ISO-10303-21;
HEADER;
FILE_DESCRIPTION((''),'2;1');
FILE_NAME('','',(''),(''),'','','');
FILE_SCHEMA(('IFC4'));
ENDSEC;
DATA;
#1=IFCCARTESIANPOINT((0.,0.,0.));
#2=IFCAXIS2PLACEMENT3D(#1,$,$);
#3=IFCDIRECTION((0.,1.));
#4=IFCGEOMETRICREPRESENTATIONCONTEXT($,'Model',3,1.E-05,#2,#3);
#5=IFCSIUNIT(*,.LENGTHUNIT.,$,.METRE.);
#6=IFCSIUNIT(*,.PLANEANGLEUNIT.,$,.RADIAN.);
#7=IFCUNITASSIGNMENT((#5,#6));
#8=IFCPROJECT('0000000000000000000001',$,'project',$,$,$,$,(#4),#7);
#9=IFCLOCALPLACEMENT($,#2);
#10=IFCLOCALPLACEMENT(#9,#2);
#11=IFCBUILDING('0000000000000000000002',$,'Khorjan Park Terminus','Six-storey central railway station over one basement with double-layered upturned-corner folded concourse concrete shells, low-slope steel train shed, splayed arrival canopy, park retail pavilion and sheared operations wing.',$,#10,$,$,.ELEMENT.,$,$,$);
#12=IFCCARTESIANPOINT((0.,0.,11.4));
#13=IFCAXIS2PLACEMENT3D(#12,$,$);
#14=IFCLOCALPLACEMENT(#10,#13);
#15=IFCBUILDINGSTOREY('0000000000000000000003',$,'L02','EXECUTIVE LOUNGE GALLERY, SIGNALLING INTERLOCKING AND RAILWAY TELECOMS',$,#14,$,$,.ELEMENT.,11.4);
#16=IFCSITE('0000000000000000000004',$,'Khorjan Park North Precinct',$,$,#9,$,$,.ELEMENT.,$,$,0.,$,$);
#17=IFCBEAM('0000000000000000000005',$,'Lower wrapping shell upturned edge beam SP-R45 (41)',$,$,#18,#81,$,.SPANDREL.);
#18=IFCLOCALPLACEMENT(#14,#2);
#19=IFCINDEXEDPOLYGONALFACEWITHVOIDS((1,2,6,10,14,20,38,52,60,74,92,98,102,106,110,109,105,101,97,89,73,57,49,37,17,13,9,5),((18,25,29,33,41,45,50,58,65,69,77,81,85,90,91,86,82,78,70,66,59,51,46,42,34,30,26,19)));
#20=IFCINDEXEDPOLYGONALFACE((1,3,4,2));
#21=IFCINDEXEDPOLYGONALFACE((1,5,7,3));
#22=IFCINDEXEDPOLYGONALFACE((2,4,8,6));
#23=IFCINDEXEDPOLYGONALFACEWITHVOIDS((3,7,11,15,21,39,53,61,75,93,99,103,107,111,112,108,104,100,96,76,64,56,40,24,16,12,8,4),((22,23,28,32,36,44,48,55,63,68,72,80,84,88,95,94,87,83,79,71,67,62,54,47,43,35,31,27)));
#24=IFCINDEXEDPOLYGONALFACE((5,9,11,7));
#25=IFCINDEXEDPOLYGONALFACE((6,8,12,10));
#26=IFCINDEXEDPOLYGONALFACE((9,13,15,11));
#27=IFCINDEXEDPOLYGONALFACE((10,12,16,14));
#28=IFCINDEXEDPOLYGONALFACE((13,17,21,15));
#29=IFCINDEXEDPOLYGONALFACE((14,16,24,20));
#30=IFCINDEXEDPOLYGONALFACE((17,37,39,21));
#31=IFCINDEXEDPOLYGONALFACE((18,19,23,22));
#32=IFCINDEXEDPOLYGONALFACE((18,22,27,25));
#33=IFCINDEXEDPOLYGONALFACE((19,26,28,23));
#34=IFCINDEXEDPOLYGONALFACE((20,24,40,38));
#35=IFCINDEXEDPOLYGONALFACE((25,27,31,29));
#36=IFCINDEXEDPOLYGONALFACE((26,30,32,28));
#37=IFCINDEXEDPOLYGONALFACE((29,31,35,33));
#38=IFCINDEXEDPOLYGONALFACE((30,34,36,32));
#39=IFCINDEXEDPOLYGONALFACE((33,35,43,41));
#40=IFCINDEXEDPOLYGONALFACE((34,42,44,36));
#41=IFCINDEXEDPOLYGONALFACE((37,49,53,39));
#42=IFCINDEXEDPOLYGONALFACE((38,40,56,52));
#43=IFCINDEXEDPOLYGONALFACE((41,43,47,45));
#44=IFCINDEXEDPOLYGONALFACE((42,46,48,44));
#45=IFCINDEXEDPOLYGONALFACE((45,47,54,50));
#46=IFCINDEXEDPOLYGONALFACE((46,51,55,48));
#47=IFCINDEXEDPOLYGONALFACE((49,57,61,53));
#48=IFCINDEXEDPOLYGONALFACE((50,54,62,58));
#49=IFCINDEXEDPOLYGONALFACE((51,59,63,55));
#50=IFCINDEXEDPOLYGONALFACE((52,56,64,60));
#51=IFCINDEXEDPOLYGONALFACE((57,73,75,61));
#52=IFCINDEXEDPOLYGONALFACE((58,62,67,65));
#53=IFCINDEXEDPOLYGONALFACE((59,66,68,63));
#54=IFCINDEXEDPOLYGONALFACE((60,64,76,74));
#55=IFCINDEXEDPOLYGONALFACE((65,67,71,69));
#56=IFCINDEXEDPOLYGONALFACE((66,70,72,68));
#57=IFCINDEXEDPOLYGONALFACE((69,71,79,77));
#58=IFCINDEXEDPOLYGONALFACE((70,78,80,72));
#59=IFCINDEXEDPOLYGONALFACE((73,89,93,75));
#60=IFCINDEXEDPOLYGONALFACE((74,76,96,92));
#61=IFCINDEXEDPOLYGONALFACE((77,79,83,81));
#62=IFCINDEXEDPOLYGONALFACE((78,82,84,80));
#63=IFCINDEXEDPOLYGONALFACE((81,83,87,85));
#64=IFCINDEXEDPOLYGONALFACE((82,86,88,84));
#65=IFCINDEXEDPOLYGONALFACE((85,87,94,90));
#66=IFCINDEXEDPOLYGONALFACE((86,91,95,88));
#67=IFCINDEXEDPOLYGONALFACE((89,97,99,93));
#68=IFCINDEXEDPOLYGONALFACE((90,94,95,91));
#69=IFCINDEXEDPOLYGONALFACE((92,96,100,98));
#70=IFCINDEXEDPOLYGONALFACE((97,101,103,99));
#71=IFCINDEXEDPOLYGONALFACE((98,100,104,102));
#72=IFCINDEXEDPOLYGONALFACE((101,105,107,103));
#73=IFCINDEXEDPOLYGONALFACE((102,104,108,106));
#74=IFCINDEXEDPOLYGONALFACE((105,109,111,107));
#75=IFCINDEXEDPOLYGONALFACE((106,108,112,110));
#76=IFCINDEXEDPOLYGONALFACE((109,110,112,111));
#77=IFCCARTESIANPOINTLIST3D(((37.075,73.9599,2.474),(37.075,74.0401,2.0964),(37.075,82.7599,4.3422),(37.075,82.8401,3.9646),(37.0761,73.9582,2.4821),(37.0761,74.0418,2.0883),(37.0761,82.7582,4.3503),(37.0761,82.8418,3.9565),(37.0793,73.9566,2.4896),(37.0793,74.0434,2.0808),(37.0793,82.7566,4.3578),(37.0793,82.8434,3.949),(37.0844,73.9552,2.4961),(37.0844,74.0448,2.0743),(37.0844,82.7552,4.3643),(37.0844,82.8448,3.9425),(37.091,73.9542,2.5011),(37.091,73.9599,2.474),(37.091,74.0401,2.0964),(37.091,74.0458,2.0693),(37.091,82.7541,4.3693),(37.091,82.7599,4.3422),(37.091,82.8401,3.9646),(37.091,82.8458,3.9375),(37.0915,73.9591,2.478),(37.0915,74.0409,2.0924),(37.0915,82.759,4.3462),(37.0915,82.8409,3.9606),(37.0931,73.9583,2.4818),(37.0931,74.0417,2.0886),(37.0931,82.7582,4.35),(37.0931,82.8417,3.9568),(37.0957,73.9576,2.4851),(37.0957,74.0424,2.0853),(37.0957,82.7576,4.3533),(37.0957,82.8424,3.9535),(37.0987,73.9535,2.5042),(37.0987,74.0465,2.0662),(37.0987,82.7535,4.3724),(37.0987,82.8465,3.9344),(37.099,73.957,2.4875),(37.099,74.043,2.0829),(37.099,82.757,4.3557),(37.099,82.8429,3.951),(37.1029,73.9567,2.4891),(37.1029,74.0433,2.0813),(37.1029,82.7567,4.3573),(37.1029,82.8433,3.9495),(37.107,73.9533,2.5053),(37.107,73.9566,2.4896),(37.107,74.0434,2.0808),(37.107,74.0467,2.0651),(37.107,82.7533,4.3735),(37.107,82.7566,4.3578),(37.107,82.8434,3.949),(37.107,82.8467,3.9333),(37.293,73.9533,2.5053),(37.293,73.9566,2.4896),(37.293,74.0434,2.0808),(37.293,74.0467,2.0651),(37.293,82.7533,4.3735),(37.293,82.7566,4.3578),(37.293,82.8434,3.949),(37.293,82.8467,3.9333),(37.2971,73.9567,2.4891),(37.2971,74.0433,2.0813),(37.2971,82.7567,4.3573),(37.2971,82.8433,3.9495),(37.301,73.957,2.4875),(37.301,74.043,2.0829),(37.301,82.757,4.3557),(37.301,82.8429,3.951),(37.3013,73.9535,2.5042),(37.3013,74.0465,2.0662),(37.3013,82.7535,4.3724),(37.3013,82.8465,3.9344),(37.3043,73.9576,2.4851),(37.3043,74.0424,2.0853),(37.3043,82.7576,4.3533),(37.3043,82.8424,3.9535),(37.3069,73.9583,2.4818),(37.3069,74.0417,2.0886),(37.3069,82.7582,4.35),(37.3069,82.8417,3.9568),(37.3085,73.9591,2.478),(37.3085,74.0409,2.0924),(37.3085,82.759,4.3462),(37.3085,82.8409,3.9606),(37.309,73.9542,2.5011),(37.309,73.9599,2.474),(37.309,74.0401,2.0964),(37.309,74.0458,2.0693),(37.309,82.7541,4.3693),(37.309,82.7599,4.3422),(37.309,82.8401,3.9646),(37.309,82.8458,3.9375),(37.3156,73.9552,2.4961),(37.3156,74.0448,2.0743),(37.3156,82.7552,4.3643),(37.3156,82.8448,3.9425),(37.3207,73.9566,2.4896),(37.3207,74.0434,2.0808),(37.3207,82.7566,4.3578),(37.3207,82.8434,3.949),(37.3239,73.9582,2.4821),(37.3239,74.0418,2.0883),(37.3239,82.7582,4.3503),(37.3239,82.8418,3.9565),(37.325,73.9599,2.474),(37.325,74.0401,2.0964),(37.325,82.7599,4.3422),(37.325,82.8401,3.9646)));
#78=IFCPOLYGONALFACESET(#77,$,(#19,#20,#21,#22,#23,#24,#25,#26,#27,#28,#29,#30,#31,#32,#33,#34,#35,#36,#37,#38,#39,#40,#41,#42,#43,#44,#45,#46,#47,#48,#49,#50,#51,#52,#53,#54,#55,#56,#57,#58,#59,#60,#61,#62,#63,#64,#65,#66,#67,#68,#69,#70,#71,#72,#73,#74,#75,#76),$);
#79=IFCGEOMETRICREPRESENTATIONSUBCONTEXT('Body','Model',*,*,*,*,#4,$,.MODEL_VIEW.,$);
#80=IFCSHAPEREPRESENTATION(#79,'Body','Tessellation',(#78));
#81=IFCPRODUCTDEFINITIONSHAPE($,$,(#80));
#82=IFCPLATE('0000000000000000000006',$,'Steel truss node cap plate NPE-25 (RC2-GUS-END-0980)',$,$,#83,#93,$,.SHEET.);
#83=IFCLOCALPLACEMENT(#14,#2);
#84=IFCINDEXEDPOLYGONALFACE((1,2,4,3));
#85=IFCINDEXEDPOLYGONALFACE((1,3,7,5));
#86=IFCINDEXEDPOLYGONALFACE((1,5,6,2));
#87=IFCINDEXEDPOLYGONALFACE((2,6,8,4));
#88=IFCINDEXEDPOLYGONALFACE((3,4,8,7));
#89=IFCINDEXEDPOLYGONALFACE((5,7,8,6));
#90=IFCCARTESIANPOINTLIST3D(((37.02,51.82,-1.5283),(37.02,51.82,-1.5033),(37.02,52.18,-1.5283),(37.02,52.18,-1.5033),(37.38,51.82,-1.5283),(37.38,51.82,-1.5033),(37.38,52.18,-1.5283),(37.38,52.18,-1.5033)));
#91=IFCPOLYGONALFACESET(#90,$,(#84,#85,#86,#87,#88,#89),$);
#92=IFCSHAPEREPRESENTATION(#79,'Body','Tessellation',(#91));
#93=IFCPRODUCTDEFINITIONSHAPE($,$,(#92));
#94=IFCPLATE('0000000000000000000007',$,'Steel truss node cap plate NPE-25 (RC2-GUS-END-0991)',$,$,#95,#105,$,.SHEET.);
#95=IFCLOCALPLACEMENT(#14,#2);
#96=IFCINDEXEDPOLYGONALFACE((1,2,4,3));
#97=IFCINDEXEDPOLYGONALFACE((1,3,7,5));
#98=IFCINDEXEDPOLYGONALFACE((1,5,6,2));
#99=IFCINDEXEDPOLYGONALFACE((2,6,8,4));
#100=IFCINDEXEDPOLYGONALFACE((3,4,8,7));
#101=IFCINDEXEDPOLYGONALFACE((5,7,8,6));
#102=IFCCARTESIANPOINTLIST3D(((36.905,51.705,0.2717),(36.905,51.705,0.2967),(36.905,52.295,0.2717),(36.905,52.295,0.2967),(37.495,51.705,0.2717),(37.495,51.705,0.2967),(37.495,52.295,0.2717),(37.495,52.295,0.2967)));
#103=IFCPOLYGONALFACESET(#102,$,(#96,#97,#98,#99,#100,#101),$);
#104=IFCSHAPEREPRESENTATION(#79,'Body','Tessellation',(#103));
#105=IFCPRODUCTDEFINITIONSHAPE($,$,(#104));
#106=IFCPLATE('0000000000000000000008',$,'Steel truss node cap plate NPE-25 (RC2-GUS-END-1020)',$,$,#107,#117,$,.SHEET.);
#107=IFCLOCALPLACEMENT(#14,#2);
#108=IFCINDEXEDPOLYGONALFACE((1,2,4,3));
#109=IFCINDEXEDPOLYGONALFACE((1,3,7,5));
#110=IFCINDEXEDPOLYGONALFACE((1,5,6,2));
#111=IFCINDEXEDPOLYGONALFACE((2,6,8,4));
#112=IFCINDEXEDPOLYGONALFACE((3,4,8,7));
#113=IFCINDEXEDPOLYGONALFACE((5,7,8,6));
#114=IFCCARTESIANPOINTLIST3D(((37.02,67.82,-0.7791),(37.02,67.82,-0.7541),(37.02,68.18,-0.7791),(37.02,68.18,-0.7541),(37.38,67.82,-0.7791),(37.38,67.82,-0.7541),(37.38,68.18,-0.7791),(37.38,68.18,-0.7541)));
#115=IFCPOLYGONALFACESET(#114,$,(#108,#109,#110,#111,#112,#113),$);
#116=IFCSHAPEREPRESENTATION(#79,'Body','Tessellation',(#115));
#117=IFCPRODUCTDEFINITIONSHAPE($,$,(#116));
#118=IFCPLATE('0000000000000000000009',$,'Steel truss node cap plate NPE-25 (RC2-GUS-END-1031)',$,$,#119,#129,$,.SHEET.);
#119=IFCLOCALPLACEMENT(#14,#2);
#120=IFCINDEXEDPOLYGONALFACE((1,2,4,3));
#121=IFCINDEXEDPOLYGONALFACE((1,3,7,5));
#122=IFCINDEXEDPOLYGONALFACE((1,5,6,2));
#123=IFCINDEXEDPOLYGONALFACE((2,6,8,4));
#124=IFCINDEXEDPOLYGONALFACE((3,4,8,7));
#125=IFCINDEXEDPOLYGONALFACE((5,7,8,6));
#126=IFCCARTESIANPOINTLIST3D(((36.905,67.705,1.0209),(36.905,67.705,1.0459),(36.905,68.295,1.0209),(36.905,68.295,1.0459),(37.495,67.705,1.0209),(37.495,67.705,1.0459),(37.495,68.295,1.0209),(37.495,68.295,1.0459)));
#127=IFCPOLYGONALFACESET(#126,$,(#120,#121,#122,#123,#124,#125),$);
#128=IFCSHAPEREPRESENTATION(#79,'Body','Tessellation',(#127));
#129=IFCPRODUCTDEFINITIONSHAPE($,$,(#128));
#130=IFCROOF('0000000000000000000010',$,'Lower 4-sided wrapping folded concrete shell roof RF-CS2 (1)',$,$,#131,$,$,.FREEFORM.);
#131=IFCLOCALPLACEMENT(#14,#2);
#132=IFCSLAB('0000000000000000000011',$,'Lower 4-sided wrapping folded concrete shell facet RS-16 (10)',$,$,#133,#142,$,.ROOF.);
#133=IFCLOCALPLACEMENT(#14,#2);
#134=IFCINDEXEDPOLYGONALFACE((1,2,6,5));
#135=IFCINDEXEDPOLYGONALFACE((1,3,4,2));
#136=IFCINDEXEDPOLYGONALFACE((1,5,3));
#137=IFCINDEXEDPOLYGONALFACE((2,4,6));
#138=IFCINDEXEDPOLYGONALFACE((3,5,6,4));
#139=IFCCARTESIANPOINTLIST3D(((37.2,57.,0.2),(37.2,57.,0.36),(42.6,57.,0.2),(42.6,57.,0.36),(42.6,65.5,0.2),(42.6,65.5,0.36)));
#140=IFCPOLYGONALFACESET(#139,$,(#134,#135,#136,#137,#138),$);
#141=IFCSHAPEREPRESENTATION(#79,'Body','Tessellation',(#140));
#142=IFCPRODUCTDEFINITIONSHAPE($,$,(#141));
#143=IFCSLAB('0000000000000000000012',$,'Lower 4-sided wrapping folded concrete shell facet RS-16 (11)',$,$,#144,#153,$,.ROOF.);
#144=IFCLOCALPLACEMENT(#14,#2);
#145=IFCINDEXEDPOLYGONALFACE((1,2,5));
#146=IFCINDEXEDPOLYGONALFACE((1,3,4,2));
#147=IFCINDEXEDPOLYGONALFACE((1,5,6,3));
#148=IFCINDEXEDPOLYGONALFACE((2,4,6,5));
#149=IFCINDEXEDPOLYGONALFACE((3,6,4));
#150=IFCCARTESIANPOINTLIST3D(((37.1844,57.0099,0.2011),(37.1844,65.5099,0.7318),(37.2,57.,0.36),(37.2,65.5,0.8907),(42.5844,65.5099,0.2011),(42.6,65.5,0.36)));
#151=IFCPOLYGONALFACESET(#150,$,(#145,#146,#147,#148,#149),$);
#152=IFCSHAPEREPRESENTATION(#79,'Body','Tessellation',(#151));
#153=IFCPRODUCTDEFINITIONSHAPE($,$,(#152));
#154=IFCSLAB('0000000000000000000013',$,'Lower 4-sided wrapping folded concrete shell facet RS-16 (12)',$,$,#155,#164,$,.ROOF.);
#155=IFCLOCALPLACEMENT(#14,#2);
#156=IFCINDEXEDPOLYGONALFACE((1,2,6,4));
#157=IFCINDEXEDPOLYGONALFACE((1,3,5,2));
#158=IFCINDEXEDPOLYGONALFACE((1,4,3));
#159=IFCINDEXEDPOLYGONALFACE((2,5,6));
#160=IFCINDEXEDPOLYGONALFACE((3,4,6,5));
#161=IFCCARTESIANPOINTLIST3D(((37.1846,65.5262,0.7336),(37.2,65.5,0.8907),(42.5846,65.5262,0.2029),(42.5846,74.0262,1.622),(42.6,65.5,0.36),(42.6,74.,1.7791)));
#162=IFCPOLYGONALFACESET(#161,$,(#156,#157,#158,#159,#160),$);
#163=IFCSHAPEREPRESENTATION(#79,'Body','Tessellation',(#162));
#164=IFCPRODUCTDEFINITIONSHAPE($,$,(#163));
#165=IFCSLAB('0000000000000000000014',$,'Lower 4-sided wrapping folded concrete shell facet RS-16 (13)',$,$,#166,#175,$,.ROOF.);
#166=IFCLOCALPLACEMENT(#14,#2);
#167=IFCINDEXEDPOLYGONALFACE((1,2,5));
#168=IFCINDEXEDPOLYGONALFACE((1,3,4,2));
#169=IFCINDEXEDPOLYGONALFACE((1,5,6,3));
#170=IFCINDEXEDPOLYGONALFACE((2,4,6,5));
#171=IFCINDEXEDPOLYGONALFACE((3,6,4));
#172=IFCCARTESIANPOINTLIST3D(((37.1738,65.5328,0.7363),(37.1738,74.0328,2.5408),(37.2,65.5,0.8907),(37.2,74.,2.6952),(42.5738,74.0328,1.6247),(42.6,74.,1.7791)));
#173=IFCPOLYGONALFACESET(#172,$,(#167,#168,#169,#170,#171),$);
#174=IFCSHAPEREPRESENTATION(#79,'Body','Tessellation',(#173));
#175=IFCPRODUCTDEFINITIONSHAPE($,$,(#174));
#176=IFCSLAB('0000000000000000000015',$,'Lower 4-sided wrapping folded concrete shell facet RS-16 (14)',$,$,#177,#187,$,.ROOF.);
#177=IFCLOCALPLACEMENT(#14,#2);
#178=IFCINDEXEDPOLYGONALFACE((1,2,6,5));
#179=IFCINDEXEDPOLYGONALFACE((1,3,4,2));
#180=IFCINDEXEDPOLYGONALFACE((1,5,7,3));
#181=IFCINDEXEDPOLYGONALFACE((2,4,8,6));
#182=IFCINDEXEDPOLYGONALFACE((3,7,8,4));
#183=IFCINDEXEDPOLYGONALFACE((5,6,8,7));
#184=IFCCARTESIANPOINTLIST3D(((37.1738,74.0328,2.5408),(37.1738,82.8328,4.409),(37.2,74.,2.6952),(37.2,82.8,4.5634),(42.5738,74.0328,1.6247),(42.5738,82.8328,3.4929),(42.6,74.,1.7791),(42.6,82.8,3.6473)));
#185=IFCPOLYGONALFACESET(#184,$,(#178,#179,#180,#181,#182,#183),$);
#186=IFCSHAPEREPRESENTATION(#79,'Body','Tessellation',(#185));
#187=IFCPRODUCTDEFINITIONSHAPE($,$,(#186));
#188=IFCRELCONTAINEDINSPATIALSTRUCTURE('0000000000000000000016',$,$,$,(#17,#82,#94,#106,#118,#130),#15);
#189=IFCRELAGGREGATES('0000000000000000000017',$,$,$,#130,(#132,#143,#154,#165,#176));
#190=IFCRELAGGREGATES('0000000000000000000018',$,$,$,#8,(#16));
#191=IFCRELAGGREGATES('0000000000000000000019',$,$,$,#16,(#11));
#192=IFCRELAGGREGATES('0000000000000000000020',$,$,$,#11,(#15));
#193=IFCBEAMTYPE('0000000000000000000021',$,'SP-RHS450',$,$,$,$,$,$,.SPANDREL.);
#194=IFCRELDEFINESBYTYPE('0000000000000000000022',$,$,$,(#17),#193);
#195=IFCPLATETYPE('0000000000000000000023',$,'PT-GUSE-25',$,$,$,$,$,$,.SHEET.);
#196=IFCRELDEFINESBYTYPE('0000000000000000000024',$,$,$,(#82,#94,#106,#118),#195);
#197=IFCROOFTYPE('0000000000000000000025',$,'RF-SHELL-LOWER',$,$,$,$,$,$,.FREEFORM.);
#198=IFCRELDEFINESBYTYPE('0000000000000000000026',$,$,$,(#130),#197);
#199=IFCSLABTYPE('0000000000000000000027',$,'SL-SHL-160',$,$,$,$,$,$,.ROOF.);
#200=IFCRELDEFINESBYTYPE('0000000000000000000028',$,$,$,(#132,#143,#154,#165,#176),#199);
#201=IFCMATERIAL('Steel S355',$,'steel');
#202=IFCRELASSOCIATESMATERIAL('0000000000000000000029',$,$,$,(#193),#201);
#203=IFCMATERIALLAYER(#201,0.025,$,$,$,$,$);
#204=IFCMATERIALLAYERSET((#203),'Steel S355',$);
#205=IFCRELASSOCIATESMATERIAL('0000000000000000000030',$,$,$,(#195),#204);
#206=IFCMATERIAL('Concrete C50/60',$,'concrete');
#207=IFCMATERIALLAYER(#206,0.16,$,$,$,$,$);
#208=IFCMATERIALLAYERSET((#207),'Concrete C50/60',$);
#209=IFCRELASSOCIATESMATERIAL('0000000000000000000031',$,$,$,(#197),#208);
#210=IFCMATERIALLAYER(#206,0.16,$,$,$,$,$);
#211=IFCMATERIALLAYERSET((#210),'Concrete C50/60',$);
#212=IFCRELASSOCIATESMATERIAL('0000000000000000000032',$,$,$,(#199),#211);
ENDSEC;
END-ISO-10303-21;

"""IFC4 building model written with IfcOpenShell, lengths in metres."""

from ifc_helpers import new_model, si_unit, direction, frame, origin, origin_2d, place, context, subcontext, project, spatial, polyline, rectangle, hollow_rectangle, outline, extrude, material, layer, layer_set, material_profile, profile_set, type_object, element, aggregate, save


model = new_model("IFC4")

# Units and contexts
model_context = context("Model", 3, precision=1e-05, world=origin(), true_north=direction((0.0, 1.0)))
body_context = subcontext(model_context, "Body", "Model", "MODEL_VIEW")
ifc_project = project(units=[si_unit("LENGTHUNIT", "METRE"), si_unit("PLANEANGLEUNIT", "RADIAN")], contexts=[model_context])

# Site, building, storey
site_placement = place(None, origin())
site = spatial("IfcSite", under=ifc_project, at=site_placement, Name="Khorjan Park North Precinct", CompositionType="ELEMENT", RefElevation=0.0)
building_placement = place(site_placement, origin())
building = spatial("IfcBuilding", under=site, at=building_placement, Name="Khorjan Park Terminus", Description="Six-storey central railway station over one basement with double-layered upturned-corner folded concourse concrete shells, low-slope steel train shed, splayed arrival canopy, park retail pavilion and sheared operations wing.", CompositionType="ELEMENT")
storey_placement = place(building_placement, frame((0.0, 0.0, 11.4)))
storey = spatial("IfcBuildingStorey", under=building, at=storey_placement, Name="L02", Description="EXECUTIVE LOUNGE GALLERY, SIGNALLING INTERLOCKING AND RAILWAY TELECOMS", CompositionType="ELEMENT", Elevation=11.4)

# Shared definitions
ifc_material_1 = material(Name="Steel S355", Category="steel")

# Beam
ifc_material_profile_1 = material_profile(ifc_material_1, hollow_rectangle(XDim=0.25, YDim=0.45, WallThickness=0.016, InnerFilletRadius=0.016, OuterFilletRadius=0.032, at=origin_2d()), Name="RHS 450x250x16")
ifc_profile_set_1 = profile_set([ifc_material_profile_1], Name="Steel S355")
beam_type_1 = type_object("IfcBeamType", Name="SP-RHS450", PredefinedType="SPANDREL", material=ifc_profile_set_1)
beam_1_placement = place(storey_placement, frame((37.2, 74.0, 2.2852), z_axis=(0.0, 0.9782, 0.207667), x_axis=(-1.0, 0.0, 0.0)))
element("IfcBeam", 1, at=beam_1_placement, inside=storey, type_object=beam_type_1, Name="Lower wrapping shell upturned edge beam SP-R45 (41)", PredefinedType="SPANDREL", context=body_context, shape_type="SweptSolid", body=[
    extrude(hollow_rectangle(XDim=0.25, YDim=0.45, WallThickness=0.016, InnerFilletRadius=0.016, OuterFilletRadius=0.032, at=origin_2d()), origin(), (0.0, 0.0, 1.0), 8.9961),
])

# Plates
ifc_layer_1 = layer(ifc_material_1, 0.025)
ifc_layer_set_1 = layer_set([ifc_layer_1], Name="Steel S355")
plate_type = type_object("IfcPlateType", Name="PT-GUSE-25", PredefinedType="SHEET", material=ifc_layer_set_1)
plate_1_placement = place(storey_placement, frame((37.2, 52.0, -1.5283), z_axis=(0.0, 0.0, 1.0), x_axis=(1.0, 0.0, 0.0)))
element("IfcPlate", 2, at=plate_1_placement, inside=storey, type_object=plate_type, Name="Steel truss node cap plate NPE-25 (RC2-GUS-END-0980)", PredefinedType="SHEET", context=body_context, shape_type="SweptSolid", body=[
    extrude(rectangle(XDim=0.36, YDim=0.36, at=origin_2d()), origin(), (0.0, 0.0, 1.0), 0.025),
])
plate_2_placement = place(storey_placement, frame((37.2, 52.0, 0.2717), z_axis=(0.0, 0.0, 1.0), x_axis=(1.0, 0.0, 0.0)))
element("IfcPlate", 3, at=plate_2_placement, inside=storey, type_object=plate_type, Name="Steel truss node cap plate NPE-25 (RC2-GUS-END-0991)", PredefinedType="SHEET", context=body_context, shape_type="SweptSolid", body=[
    extrude(rectangle(XDim=0.59, YDim=0.59, at=origin_2d()), origin(), (0.0, 0.0, 1.0), 0.025),
])
plate_3_placement = place(storey_placement, frame((37.2, 68.0, -0.7791), z_axis=(0.0, 0.0, 1.0), x_axis=(1.0, 0.0, 0.0)))
element("IfcPlate", 4, at=plate_3_placement, inside=storey, type_object=plate_type, Name="Steel truss node cap plate NPE-25 (RC2-GUS-END-1020)", PredefinedType="SHEET", context=body_context, shape_type="SweptSolid", body=[
    extrude(rectangle(XDim=0.36, YDim=0.36, at=origin_2d()), origin(), (0.0, 0.0, 1.0), 0.025),
])
plate_4_placement = place(storey_placement, frame((37.2, 68.0, 1.0209), z_axis=(0.0, 0.0, 1.0), x_axis=(1.0, 0.0, 0.0)))
element("IfcPlate", 5, at=plate_4_placement, inside=storey, type_object=plate_type, Name="Steel truss node cap plate NPE-25 (RC2-GUS-END-1031)", PredefinedType="SHEET", context=body_context, shape_type="SweptSolid", body=[
    extrude(rectangle(XDim=0.59, YDim=0.59, at=origin_2d()), origin(), (0.0, 0.0, 1.0), 0.025),
])

# Roof, slabs
ifc_material_2 = material(Name="Concrete C50/60", Category="concrete")
ifc_layer_2 = layer(ifc_material_2, 0.16)
ifc_layer_set_2 = layer_set([ifc_layer_2], Name="Concrete C50/60")
roof_type = type_object("IfcRoofType", Name="RF-SHELL-LOWER", PredefinedType="FREEFORM", material=ifc_layer_set_2)
roof_placement = place(storey_placement, origin())
roof = element("IfcRoof", 6, at=roof_placement, inside=storey, type_object=roof_type, Name="Lower 4-sided wrapping folded concrete shell roof RF-CS2 (1)", PredefinedType="FREEFORM")
ifc_layer_3 = layer(ifc_material_2, 0.16)
ifc_layer_set_3 = layer_set([ifc_layer_3], Name="Concrete C50/60")
slab_type = type_object("IfcSlabType", Name="SL-SHL-160", PredefinedType="ROOF", material=ifc_layer_set_3)
slab_1_placement = place(storey_placement, frame((37.2, 57.0, 0.36), z_axis=(0.0, 0.0, 1.0), x_axis=(1.0, 0.0, 0.0)))
slab_1 = element("IfcSlab", 7, at=slab_1_placement, type_object=slab_type, Name="Lower 4-sided wrapping folded concrete shell facet RS-16 (10)", PredefinedType="ROOF", context=body_context, shape_type="SweptSolid", body=[
    extrude(outline(polyline([(0.0, 0.0), (5.4, 0.0), (5.4, 8.5), (0.0, 0.0)])), origin(), (0.0, 0.0, -1.0), 0.16),
])
slab_2_placement = place(storey_placement, frame((37.2, 57.0, 0.36), z_axis=(0.097618, -0.062016, 0.99329), x_axis=(0.536233, 0.84407, 0.0)))
slab_2 = element("IfcSlab", 8, at=slab_2_placement, type_object=slab_type, Name="Lower 4-sided wrapping folded concrete shell facet RS-16 (11)", PredefinedType="ROOF", context=body_context, shape_type="SweptSolid", body=[
    extrude(outline(polyline([(0.0, 0.0), (10.0703, 0.0), (7.1746, 4.5888), (0.0, 0.0)])), origin(), (0.0, 0.0, -1.0), 0.16),
])
slab_3_placement = place(storey_placement, frame((37.2, 65.5, 0.8907), z_axis=(0.096484, -0.163905, 0.981746), x_axis=(0.995205, 0.0, -0.097807)))
slab_3 = element("IfcSlab", 9, at=slab_3_placement, type_object=slab_type, Name="Lower 4-sided wrapping folded concrete shell facet RS-16 (12)", PredefinedType="ROOF", context=body_context, shape_type="SweptSolid", body=[
    extrude(outline(polyline([(0.0, 0.0), (5.426, 0.0), (5.2872, 8.6165), (0.0, 0.0)])), origin(), (0.0, 0.0, -1.0), 0.16),
])
slab_4_placement = place(storey_placement, frame((37.2, 65.5, 0.8907), z_axis=(0.163711, -0.204864, 0.965002), x_axis=(0.534158, 0.840805, 0.087879)))
slab_4 = element("IfcSlab", 10, at=slab_4_placement, type_object=slab_type, Name="Lower 4-sided wrapping folded concrete shell facet RS-16 (13)", PredefinedType="ROOF", context=body_context, shape_type="SweptSolid", body=[
    extrude(outline(polyline([(0.0, 0.0), (10.1094, 0.0), (7.3054, 4.705), (0.0, 0.0)])), origin(), (0.0, 0.0, -1.0), 0.16),
])
slab_5_placement = place(storey_placement, frame((37.2, 74.0, 2.6952), z_axis=(0.163711, -0.204866, 0.965002), x_axis=(0.985913, 0.0, -0.167258)))
slab_5 = element("IfcSlab", 11, at=slab_5_placement, type_object=slab_type, Name="Lower 4-sided wrapping folded concrete shell facet RS-16 (14)", PredefinedType="ROOF", context=body_context, shape_type="SweptSolid", body=[
    extrude(outline(polyline([(0.0, 0.0), (5.4772, 0.0), (5.1647, 8.9907), (-0.3125, 8.9907), (0.0, 0.0)])), origin(), (0.0, 0.0, -1.0), 0.16),
])
aggregate(roof, [slab_1, slab_2, slab_3, slab_4, slab_5])

save(model, "model.ifc")
